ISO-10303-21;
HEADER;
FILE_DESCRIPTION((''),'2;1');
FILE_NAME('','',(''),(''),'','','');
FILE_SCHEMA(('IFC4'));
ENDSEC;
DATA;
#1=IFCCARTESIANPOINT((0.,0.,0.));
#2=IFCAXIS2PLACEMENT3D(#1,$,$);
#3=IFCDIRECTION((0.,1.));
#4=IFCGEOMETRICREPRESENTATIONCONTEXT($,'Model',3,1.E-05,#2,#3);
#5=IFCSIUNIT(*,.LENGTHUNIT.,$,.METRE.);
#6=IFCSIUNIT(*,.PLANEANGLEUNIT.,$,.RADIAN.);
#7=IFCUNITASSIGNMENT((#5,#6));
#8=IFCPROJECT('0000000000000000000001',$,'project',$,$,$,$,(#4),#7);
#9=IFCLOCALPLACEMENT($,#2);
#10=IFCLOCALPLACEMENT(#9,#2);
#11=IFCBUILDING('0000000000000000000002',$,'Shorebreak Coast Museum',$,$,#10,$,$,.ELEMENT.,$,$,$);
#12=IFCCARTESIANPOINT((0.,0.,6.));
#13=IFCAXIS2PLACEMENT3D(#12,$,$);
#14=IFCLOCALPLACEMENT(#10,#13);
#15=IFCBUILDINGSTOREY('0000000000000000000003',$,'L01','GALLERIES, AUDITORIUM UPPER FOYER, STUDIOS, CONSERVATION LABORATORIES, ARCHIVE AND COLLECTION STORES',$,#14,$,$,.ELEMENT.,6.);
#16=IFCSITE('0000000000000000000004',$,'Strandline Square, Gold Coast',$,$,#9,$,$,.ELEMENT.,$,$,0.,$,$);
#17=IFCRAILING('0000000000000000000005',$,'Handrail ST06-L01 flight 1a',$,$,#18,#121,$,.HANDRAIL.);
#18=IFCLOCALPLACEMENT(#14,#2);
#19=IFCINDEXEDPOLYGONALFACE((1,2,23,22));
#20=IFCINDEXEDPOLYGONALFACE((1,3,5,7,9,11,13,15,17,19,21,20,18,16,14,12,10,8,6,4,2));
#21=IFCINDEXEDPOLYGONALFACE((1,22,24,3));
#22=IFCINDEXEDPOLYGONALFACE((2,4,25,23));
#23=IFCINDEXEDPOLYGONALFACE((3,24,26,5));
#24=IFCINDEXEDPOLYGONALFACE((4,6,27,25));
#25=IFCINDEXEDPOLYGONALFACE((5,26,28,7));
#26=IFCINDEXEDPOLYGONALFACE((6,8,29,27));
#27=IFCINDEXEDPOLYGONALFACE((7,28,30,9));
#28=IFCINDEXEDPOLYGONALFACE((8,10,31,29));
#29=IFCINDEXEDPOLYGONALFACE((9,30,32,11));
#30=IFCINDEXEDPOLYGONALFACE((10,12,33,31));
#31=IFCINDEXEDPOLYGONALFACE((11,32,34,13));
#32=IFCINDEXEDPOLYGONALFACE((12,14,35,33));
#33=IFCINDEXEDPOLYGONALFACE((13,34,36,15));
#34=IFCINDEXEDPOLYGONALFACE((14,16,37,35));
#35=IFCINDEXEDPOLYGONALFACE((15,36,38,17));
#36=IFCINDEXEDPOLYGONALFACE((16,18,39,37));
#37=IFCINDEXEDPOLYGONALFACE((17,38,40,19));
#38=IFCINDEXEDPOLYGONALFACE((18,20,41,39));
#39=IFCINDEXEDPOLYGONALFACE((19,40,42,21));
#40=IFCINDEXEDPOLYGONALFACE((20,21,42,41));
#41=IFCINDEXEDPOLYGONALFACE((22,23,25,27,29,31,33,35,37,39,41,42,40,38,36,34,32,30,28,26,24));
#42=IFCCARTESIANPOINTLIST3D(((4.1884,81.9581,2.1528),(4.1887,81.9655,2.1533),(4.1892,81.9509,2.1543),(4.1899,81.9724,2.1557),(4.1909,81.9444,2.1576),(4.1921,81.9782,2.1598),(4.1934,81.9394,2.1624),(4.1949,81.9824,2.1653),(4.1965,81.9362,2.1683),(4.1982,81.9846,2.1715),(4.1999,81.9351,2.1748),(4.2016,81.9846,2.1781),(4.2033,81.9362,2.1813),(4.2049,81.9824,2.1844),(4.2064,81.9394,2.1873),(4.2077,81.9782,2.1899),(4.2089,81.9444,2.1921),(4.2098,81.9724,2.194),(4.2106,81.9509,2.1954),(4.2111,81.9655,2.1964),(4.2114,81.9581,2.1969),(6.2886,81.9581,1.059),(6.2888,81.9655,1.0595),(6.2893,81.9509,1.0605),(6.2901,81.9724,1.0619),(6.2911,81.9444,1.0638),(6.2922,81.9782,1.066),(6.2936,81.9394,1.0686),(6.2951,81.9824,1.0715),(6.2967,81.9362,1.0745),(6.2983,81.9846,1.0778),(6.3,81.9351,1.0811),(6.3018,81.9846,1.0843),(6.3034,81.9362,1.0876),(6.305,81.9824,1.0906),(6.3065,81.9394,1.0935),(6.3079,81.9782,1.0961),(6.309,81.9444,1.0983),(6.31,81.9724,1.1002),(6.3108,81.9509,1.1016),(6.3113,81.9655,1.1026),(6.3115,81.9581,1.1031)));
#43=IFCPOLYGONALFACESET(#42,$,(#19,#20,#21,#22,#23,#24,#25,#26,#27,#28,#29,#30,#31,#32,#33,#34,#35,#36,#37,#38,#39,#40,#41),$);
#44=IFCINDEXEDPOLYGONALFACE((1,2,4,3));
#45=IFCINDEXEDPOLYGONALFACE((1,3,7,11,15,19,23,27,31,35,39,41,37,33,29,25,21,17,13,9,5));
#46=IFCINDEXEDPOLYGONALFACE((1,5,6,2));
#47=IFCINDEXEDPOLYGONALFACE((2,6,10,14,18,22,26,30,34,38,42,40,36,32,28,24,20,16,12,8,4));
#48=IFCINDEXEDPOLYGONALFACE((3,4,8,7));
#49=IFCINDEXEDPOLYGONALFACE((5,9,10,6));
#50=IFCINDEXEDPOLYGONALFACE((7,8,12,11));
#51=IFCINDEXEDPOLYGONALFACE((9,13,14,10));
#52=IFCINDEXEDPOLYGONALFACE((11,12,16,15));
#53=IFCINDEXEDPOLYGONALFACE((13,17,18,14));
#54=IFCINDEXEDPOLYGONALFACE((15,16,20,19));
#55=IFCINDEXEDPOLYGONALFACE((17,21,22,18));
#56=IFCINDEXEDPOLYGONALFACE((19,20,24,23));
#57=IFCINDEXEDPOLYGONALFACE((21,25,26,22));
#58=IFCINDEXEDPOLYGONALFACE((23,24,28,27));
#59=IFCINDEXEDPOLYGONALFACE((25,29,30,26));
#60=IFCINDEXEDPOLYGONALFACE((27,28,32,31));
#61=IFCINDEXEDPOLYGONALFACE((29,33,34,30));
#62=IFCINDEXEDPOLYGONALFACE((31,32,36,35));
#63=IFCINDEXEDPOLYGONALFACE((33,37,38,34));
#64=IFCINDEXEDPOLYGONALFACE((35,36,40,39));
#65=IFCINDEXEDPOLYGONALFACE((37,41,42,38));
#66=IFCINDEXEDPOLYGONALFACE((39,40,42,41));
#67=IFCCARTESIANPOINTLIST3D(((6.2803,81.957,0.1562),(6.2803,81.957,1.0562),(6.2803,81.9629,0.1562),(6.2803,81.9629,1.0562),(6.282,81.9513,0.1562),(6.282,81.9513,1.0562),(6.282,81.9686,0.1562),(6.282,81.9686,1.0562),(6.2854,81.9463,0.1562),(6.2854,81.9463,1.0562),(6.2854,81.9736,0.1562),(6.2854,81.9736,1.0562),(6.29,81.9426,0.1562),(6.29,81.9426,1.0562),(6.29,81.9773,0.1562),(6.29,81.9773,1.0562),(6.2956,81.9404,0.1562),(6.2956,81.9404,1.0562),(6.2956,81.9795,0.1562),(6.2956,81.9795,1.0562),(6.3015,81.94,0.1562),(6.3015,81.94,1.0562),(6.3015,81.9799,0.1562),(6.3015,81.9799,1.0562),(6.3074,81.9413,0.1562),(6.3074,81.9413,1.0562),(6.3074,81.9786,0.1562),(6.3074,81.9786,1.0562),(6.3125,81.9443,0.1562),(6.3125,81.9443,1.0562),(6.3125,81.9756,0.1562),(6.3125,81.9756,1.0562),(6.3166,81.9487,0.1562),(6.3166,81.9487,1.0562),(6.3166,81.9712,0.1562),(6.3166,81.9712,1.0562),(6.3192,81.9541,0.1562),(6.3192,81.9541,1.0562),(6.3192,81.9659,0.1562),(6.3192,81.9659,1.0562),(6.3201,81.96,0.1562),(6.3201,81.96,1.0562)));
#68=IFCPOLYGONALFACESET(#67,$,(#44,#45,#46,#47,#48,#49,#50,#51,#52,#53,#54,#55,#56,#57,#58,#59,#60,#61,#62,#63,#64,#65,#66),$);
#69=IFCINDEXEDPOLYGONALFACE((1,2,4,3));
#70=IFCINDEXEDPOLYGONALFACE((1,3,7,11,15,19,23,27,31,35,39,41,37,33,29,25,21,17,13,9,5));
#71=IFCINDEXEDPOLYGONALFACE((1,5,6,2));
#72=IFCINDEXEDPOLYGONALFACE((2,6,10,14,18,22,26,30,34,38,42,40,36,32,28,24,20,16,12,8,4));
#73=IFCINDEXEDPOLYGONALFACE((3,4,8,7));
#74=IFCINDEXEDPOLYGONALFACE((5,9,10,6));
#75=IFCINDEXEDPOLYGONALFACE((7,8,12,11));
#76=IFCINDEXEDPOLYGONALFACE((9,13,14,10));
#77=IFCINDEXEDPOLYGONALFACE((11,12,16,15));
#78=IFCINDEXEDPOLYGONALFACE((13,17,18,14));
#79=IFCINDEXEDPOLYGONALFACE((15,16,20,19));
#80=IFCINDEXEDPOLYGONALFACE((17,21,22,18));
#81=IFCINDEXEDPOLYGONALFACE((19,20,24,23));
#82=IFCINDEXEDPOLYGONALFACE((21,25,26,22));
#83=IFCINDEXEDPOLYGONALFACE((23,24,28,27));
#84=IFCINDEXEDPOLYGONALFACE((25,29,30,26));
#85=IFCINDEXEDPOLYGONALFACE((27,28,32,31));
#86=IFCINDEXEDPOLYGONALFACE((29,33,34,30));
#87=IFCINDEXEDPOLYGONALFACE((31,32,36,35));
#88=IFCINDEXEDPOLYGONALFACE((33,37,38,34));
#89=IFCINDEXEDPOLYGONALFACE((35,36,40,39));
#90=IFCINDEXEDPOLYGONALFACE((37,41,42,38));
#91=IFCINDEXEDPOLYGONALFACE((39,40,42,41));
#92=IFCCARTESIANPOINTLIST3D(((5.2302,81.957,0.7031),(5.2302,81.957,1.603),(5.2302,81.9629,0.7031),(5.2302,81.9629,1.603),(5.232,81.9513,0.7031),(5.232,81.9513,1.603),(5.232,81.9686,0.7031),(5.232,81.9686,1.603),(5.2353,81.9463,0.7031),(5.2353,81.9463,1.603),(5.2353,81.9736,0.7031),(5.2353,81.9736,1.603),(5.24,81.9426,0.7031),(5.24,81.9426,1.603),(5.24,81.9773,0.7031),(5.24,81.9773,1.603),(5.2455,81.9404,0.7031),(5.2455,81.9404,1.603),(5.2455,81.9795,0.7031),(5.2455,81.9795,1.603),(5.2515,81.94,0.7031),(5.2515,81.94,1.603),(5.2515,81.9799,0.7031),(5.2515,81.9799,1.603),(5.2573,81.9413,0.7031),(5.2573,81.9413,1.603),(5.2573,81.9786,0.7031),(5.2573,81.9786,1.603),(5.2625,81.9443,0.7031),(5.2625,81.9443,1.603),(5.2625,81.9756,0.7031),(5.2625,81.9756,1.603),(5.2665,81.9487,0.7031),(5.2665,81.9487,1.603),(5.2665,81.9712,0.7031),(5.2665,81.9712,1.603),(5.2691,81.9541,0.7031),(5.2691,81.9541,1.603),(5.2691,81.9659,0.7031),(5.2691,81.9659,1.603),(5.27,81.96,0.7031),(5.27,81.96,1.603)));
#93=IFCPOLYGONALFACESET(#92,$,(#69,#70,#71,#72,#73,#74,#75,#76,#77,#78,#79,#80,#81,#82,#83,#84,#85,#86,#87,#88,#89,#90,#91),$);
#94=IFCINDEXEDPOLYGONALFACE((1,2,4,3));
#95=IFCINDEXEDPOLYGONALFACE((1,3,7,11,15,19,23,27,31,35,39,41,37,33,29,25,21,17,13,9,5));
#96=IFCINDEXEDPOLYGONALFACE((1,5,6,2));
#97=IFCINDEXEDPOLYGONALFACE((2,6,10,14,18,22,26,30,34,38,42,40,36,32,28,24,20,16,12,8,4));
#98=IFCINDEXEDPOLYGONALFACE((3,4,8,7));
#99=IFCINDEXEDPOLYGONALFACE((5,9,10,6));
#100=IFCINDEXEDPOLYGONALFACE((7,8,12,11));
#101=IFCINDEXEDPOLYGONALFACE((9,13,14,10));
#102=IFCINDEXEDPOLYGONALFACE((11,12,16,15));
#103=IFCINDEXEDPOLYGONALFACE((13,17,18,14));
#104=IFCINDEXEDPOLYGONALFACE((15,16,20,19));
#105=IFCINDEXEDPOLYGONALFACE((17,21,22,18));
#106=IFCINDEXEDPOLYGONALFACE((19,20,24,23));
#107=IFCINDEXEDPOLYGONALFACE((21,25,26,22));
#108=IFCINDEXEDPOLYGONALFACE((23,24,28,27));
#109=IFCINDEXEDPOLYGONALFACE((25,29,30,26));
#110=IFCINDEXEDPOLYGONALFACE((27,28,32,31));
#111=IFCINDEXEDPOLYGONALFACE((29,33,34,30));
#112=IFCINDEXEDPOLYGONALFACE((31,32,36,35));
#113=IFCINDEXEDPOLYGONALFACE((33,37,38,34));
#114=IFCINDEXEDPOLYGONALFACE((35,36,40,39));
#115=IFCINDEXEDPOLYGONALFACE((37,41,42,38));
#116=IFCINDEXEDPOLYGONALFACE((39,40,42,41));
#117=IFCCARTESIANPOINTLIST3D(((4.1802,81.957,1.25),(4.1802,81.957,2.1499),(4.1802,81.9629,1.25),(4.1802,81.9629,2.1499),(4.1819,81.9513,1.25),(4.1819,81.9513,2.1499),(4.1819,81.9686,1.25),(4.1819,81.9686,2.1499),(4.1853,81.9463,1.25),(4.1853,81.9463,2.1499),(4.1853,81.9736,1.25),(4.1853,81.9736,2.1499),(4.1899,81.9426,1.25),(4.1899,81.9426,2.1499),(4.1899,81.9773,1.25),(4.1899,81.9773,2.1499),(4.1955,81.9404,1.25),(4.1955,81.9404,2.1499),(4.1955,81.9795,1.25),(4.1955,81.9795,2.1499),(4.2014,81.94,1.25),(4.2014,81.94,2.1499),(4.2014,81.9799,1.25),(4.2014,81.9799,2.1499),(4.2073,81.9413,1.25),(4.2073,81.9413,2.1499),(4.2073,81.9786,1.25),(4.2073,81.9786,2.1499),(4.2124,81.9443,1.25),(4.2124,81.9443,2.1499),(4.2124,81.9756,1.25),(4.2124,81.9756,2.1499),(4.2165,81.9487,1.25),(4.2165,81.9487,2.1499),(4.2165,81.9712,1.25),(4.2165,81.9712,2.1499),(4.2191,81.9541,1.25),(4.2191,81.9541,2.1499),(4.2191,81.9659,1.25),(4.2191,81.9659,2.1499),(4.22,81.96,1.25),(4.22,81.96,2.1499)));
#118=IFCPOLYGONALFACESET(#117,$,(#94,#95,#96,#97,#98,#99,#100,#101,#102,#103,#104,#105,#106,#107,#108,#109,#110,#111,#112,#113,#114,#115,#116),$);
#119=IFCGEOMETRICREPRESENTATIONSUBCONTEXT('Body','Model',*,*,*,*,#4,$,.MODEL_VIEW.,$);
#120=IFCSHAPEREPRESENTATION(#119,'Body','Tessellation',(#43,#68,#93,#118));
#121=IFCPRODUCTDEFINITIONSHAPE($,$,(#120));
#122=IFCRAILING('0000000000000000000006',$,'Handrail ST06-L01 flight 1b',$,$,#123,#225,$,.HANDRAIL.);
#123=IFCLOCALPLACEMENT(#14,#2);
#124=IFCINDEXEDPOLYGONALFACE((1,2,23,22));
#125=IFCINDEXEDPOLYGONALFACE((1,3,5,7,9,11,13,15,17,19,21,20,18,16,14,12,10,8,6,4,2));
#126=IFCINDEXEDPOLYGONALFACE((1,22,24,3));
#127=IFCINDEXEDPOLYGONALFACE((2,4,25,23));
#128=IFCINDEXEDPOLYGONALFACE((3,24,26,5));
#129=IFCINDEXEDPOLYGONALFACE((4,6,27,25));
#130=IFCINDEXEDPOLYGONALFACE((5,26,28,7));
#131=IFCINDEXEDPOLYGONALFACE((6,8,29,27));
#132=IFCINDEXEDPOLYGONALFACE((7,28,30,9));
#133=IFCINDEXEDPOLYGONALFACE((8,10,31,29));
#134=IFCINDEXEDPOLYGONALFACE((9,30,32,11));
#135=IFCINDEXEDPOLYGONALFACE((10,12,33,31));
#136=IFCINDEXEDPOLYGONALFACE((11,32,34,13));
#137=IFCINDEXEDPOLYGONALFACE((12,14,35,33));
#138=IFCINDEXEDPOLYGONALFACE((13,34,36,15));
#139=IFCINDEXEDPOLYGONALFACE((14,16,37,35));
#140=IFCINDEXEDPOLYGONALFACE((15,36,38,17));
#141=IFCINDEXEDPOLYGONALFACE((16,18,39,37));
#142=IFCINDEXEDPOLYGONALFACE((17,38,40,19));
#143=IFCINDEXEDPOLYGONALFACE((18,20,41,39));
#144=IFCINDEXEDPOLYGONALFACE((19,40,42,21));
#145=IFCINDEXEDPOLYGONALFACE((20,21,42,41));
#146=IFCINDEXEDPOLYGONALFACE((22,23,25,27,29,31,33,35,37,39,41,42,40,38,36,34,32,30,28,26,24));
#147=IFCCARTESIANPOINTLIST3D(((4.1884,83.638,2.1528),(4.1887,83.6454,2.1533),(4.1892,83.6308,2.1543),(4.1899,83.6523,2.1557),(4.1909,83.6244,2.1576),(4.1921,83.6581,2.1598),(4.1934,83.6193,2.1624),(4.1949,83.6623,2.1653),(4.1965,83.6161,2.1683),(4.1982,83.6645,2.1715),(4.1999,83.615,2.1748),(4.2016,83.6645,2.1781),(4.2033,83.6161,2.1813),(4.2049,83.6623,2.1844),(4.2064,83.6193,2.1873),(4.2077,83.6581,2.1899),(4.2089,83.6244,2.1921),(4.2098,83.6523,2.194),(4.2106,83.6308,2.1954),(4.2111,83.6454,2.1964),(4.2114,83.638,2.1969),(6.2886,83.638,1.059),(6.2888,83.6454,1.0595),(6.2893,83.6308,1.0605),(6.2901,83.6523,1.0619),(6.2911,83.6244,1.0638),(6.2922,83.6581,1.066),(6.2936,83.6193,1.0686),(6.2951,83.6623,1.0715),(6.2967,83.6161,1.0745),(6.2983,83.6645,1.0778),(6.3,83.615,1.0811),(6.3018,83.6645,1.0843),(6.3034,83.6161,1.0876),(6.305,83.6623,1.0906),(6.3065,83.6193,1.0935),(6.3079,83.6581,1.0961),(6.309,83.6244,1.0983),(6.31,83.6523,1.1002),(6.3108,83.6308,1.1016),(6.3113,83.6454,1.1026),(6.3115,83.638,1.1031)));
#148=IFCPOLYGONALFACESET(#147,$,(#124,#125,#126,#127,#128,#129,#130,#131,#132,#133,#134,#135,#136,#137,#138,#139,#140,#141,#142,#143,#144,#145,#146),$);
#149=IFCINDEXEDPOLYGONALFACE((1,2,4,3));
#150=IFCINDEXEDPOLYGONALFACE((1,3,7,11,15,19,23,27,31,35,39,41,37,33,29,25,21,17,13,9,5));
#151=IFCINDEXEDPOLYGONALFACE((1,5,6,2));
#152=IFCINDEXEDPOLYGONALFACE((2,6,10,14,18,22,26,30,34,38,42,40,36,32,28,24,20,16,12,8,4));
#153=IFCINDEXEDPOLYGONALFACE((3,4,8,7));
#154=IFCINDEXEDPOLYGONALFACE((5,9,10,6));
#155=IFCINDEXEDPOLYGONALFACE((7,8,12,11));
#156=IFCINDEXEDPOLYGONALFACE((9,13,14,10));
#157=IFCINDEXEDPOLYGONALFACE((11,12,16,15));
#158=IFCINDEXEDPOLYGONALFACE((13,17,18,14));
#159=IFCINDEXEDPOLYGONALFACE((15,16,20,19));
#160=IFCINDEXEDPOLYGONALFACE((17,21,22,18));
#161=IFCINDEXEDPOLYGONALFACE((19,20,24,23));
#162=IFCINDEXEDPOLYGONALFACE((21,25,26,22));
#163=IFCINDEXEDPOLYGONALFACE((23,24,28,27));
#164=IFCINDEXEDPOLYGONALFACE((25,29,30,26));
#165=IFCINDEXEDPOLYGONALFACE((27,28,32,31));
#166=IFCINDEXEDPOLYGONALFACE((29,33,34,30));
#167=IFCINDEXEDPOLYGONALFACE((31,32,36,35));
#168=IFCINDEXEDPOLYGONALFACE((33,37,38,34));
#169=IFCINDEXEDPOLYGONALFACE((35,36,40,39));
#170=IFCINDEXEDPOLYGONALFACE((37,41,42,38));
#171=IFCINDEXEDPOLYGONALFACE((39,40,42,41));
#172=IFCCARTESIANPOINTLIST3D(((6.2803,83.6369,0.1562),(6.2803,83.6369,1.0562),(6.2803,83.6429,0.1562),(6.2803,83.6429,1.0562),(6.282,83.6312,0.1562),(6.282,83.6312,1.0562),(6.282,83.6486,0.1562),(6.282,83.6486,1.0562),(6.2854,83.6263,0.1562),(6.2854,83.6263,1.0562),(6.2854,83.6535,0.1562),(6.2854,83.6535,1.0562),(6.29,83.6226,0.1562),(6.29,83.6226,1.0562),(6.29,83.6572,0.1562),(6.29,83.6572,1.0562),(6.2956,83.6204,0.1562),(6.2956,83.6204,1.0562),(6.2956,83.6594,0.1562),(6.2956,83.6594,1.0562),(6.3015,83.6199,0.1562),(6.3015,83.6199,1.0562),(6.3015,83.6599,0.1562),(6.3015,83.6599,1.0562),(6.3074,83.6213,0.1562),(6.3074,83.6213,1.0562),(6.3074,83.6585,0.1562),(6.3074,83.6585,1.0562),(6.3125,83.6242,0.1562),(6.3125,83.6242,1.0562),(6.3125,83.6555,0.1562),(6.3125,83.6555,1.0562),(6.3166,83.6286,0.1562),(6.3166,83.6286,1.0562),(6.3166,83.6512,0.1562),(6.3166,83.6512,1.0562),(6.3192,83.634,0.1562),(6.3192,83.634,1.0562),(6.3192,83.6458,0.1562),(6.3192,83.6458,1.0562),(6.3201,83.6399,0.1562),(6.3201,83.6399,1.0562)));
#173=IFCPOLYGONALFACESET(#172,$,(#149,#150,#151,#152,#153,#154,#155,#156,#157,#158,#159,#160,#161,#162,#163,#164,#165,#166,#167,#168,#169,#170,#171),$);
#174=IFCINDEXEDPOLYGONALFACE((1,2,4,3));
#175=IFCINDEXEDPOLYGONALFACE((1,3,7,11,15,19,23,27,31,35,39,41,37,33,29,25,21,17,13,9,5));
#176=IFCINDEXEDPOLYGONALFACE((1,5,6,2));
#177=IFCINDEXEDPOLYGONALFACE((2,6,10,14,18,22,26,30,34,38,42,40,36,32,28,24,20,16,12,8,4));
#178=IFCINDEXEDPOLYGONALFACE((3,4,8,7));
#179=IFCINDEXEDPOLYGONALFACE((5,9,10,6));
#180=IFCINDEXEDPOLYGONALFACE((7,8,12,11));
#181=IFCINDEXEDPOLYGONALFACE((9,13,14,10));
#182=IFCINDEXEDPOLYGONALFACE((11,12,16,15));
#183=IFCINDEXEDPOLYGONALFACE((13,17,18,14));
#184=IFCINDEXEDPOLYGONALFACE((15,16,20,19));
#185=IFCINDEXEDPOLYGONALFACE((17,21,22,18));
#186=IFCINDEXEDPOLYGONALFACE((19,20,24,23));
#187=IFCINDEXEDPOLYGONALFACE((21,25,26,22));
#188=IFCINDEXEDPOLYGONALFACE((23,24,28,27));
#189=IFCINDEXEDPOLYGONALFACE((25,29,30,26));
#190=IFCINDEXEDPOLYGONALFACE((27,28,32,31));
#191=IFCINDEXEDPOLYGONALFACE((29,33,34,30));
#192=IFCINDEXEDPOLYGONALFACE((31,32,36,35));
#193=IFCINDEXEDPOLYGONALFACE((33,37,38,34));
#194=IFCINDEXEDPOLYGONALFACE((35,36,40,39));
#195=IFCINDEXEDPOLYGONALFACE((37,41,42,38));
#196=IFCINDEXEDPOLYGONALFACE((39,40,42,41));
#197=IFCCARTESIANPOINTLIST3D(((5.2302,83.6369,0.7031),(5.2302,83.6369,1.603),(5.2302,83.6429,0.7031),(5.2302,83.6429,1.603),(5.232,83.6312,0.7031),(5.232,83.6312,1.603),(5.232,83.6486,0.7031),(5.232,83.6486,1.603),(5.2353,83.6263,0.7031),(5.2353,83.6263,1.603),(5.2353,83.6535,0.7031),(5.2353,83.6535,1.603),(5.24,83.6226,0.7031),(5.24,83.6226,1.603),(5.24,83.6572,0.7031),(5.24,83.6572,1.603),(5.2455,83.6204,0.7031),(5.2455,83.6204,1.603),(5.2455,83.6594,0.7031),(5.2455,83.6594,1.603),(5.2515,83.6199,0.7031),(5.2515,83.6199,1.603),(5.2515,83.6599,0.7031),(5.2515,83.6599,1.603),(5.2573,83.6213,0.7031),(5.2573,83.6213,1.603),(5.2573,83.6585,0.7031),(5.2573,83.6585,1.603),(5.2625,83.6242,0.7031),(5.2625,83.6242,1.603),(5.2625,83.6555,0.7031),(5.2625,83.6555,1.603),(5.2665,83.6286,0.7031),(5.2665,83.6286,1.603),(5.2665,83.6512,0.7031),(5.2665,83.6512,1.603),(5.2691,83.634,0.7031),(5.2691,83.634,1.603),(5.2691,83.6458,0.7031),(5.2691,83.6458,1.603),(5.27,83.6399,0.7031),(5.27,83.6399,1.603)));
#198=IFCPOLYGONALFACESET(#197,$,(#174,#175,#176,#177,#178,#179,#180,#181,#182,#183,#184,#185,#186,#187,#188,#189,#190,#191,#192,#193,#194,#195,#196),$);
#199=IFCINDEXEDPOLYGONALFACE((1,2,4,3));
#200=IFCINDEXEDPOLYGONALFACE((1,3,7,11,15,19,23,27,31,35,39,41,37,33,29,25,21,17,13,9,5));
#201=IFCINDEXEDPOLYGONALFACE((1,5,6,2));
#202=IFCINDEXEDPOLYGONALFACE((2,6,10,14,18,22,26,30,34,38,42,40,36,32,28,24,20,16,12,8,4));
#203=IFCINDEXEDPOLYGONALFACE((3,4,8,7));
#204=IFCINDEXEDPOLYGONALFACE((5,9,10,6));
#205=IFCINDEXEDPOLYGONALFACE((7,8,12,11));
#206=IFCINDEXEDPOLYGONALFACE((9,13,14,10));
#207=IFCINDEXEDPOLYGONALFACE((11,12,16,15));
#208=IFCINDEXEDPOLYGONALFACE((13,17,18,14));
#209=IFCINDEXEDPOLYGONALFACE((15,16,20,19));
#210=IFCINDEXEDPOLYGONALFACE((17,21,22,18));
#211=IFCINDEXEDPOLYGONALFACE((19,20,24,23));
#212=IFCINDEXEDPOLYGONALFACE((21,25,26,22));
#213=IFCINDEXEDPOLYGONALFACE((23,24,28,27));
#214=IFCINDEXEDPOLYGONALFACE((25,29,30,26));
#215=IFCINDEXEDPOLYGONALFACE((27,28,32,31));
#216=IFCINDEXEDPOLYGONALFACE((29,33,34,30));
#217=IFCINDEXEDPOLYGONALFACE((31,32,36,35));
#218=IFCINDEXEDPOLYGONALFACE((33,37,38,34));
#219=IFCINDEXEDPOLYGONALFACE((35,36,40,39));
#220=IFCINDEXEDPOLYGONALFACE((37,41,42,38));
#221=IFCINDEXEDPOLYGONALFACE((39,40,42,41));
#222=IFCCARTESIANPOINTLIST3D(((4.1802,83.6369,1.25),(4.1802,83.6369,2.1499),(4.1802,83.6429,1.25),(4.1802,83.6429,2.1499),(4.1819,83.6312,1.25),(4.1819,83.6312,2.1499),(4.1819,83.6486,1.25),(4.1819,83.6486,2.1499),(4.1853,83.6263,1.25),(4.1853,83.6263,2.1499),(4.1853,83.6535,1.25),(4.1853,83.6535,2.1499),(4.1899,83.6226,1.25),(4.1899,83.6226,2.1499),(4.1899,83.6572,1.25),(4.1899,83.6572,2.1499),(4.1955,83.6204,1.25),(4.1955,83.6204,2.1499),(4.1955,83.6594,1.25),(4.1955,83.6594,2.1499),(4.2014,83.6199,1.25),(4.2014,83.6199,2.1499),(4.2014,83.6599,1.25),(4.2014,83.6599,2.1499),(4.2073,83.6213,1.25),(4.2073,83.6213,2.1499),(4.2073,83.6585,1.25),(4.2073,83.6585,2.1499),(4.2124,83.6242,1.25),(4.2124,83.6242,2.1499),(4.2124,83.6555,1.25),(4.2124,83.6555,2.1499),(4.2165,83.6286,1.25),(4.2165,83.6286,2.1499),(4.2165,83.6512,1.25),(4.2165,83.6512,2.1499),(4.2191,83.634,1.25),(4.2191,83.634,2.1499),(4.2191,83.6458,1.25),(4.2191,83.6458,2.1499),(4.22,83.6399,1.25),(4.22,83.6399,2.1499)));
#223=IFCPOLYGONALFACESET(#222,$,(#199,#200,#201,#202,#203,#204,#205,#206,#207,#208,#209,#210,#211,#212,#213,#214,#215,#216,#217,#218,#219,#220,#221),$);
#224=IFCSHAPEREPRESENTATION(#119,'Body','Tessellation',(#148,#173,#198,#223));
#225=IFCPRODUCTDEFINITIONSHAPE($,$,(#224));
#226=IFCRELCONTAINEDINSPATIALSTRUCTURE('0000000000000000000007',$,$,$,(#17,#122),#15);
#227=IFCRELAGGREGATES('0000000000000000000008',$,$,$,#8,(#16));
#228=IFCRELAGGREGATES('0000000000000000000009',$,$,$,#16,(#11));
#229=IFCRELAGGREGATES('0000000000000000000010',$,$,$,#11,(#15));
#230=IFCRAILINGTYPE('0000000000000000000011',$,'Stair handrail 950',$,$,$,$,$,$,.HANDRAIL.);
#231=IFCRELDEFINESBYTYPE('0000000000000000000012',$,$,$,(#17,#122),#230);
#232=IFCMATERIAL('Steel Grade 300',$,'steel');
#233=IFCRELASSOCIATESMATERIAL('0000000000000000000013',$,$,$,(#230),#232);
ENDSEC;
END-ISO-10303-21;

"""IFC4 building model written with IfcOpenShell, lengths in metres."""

from ifc_helpers import new_model, si_unit, direction, frame, origin, origin_2d, place, context, subcontext, project, spatial, circle, extrude, material, type_object, element, save


model = new_model("IFC4")

# Units and contexts
model_context = context("Model", 3, precision=1e-05, world=origin(), true_north=direction((0.0, 1.0)))
body_context = subcontext(model_context, "Body", "Model", "MODEL_VIEW")
ifc_project = project(units=[si_unit("LENGTHUNIT", "METRE"), si_unit("PLANEANGLEUNIT", "RADIAN")], contexts=[model_context])

# Site, building, storey
site_placement = place(None, origin())
site = spatial("IfcSite", under=ifc_project, at=site_placement, Name="Strandline Square, Gold Coast", CompositionType="ELEMENT", RefElevation=0.0)
building_placement = place(site_placement, origin())
building = spatial("IfcBuilding", under=site, at=building_placement, Name="Shorebreak Coast Museum", CompositionType="ELEMENT")
storey_placement = place(building_placement, frame((0.0, 0.0, 6.0)))
storey = spatial("IfcBuildingStorey", under=building, at=storey_placement, Name="L01", Description="GALLERIES, AUDITORIUM UPPER FOYER, STUDIOS, CONSERVATION LABORATORIES, ARCHIVE AND COLLECTION STORES", CompositionType="ELEMENT", Elevation=6.0)

# Railings
ifc_material_1 = material(Name="Steel Grade 300", Category="steel")
railing_type_1 = type_object("IfcRailingType", Name="Stair handrail 950", PredefinedType="HANDRAIL", material=ifc_material_1)
for number, where, name in (
    (1, (6.3, 81.96, 0.1562), "Handrail ST06-L01 flight 1a"),
    (2, (6.3, 83.6399, 0.1562), "Handrail ST06-L01 flight 1b"),
):
    element("IfcRailing", number, at=place(storey_placement, frame(where)), inside=storey, type_object=railing_type_1, Name=name, PredefinedType="HANDRAIL", context=body_context, shape_type="SweptSolid", body=[
        extrude(circle(Radius=0.0249, at=origin_2d()), frame((0.0, 0.0, 0.9248), z_axis=(-0.886923, 0.0, 0.461918), x_axis=(0.0, -1.0, 0.0)), (0.0, 0.0, 1.0), 2.3679),
        extrude(circle(Radius=0.02, at=origin_2d()), origin(), (0.0, 0.0, 1.0), 0.8999),
        extrude(circle(Radius=0.02, at=origin_2d()), frame((-1.05, 0.0, 0.5469)), (0.0, 0.0, 1.0), 0.8999),
        extrude(circle(Radius=0.02, at=origin_2d()), frame((-2.1001, 0.0, 1.0938)), (0.0, 0.0, 1.0), 0.8999),
    ])

save(model, "model.ifc")
